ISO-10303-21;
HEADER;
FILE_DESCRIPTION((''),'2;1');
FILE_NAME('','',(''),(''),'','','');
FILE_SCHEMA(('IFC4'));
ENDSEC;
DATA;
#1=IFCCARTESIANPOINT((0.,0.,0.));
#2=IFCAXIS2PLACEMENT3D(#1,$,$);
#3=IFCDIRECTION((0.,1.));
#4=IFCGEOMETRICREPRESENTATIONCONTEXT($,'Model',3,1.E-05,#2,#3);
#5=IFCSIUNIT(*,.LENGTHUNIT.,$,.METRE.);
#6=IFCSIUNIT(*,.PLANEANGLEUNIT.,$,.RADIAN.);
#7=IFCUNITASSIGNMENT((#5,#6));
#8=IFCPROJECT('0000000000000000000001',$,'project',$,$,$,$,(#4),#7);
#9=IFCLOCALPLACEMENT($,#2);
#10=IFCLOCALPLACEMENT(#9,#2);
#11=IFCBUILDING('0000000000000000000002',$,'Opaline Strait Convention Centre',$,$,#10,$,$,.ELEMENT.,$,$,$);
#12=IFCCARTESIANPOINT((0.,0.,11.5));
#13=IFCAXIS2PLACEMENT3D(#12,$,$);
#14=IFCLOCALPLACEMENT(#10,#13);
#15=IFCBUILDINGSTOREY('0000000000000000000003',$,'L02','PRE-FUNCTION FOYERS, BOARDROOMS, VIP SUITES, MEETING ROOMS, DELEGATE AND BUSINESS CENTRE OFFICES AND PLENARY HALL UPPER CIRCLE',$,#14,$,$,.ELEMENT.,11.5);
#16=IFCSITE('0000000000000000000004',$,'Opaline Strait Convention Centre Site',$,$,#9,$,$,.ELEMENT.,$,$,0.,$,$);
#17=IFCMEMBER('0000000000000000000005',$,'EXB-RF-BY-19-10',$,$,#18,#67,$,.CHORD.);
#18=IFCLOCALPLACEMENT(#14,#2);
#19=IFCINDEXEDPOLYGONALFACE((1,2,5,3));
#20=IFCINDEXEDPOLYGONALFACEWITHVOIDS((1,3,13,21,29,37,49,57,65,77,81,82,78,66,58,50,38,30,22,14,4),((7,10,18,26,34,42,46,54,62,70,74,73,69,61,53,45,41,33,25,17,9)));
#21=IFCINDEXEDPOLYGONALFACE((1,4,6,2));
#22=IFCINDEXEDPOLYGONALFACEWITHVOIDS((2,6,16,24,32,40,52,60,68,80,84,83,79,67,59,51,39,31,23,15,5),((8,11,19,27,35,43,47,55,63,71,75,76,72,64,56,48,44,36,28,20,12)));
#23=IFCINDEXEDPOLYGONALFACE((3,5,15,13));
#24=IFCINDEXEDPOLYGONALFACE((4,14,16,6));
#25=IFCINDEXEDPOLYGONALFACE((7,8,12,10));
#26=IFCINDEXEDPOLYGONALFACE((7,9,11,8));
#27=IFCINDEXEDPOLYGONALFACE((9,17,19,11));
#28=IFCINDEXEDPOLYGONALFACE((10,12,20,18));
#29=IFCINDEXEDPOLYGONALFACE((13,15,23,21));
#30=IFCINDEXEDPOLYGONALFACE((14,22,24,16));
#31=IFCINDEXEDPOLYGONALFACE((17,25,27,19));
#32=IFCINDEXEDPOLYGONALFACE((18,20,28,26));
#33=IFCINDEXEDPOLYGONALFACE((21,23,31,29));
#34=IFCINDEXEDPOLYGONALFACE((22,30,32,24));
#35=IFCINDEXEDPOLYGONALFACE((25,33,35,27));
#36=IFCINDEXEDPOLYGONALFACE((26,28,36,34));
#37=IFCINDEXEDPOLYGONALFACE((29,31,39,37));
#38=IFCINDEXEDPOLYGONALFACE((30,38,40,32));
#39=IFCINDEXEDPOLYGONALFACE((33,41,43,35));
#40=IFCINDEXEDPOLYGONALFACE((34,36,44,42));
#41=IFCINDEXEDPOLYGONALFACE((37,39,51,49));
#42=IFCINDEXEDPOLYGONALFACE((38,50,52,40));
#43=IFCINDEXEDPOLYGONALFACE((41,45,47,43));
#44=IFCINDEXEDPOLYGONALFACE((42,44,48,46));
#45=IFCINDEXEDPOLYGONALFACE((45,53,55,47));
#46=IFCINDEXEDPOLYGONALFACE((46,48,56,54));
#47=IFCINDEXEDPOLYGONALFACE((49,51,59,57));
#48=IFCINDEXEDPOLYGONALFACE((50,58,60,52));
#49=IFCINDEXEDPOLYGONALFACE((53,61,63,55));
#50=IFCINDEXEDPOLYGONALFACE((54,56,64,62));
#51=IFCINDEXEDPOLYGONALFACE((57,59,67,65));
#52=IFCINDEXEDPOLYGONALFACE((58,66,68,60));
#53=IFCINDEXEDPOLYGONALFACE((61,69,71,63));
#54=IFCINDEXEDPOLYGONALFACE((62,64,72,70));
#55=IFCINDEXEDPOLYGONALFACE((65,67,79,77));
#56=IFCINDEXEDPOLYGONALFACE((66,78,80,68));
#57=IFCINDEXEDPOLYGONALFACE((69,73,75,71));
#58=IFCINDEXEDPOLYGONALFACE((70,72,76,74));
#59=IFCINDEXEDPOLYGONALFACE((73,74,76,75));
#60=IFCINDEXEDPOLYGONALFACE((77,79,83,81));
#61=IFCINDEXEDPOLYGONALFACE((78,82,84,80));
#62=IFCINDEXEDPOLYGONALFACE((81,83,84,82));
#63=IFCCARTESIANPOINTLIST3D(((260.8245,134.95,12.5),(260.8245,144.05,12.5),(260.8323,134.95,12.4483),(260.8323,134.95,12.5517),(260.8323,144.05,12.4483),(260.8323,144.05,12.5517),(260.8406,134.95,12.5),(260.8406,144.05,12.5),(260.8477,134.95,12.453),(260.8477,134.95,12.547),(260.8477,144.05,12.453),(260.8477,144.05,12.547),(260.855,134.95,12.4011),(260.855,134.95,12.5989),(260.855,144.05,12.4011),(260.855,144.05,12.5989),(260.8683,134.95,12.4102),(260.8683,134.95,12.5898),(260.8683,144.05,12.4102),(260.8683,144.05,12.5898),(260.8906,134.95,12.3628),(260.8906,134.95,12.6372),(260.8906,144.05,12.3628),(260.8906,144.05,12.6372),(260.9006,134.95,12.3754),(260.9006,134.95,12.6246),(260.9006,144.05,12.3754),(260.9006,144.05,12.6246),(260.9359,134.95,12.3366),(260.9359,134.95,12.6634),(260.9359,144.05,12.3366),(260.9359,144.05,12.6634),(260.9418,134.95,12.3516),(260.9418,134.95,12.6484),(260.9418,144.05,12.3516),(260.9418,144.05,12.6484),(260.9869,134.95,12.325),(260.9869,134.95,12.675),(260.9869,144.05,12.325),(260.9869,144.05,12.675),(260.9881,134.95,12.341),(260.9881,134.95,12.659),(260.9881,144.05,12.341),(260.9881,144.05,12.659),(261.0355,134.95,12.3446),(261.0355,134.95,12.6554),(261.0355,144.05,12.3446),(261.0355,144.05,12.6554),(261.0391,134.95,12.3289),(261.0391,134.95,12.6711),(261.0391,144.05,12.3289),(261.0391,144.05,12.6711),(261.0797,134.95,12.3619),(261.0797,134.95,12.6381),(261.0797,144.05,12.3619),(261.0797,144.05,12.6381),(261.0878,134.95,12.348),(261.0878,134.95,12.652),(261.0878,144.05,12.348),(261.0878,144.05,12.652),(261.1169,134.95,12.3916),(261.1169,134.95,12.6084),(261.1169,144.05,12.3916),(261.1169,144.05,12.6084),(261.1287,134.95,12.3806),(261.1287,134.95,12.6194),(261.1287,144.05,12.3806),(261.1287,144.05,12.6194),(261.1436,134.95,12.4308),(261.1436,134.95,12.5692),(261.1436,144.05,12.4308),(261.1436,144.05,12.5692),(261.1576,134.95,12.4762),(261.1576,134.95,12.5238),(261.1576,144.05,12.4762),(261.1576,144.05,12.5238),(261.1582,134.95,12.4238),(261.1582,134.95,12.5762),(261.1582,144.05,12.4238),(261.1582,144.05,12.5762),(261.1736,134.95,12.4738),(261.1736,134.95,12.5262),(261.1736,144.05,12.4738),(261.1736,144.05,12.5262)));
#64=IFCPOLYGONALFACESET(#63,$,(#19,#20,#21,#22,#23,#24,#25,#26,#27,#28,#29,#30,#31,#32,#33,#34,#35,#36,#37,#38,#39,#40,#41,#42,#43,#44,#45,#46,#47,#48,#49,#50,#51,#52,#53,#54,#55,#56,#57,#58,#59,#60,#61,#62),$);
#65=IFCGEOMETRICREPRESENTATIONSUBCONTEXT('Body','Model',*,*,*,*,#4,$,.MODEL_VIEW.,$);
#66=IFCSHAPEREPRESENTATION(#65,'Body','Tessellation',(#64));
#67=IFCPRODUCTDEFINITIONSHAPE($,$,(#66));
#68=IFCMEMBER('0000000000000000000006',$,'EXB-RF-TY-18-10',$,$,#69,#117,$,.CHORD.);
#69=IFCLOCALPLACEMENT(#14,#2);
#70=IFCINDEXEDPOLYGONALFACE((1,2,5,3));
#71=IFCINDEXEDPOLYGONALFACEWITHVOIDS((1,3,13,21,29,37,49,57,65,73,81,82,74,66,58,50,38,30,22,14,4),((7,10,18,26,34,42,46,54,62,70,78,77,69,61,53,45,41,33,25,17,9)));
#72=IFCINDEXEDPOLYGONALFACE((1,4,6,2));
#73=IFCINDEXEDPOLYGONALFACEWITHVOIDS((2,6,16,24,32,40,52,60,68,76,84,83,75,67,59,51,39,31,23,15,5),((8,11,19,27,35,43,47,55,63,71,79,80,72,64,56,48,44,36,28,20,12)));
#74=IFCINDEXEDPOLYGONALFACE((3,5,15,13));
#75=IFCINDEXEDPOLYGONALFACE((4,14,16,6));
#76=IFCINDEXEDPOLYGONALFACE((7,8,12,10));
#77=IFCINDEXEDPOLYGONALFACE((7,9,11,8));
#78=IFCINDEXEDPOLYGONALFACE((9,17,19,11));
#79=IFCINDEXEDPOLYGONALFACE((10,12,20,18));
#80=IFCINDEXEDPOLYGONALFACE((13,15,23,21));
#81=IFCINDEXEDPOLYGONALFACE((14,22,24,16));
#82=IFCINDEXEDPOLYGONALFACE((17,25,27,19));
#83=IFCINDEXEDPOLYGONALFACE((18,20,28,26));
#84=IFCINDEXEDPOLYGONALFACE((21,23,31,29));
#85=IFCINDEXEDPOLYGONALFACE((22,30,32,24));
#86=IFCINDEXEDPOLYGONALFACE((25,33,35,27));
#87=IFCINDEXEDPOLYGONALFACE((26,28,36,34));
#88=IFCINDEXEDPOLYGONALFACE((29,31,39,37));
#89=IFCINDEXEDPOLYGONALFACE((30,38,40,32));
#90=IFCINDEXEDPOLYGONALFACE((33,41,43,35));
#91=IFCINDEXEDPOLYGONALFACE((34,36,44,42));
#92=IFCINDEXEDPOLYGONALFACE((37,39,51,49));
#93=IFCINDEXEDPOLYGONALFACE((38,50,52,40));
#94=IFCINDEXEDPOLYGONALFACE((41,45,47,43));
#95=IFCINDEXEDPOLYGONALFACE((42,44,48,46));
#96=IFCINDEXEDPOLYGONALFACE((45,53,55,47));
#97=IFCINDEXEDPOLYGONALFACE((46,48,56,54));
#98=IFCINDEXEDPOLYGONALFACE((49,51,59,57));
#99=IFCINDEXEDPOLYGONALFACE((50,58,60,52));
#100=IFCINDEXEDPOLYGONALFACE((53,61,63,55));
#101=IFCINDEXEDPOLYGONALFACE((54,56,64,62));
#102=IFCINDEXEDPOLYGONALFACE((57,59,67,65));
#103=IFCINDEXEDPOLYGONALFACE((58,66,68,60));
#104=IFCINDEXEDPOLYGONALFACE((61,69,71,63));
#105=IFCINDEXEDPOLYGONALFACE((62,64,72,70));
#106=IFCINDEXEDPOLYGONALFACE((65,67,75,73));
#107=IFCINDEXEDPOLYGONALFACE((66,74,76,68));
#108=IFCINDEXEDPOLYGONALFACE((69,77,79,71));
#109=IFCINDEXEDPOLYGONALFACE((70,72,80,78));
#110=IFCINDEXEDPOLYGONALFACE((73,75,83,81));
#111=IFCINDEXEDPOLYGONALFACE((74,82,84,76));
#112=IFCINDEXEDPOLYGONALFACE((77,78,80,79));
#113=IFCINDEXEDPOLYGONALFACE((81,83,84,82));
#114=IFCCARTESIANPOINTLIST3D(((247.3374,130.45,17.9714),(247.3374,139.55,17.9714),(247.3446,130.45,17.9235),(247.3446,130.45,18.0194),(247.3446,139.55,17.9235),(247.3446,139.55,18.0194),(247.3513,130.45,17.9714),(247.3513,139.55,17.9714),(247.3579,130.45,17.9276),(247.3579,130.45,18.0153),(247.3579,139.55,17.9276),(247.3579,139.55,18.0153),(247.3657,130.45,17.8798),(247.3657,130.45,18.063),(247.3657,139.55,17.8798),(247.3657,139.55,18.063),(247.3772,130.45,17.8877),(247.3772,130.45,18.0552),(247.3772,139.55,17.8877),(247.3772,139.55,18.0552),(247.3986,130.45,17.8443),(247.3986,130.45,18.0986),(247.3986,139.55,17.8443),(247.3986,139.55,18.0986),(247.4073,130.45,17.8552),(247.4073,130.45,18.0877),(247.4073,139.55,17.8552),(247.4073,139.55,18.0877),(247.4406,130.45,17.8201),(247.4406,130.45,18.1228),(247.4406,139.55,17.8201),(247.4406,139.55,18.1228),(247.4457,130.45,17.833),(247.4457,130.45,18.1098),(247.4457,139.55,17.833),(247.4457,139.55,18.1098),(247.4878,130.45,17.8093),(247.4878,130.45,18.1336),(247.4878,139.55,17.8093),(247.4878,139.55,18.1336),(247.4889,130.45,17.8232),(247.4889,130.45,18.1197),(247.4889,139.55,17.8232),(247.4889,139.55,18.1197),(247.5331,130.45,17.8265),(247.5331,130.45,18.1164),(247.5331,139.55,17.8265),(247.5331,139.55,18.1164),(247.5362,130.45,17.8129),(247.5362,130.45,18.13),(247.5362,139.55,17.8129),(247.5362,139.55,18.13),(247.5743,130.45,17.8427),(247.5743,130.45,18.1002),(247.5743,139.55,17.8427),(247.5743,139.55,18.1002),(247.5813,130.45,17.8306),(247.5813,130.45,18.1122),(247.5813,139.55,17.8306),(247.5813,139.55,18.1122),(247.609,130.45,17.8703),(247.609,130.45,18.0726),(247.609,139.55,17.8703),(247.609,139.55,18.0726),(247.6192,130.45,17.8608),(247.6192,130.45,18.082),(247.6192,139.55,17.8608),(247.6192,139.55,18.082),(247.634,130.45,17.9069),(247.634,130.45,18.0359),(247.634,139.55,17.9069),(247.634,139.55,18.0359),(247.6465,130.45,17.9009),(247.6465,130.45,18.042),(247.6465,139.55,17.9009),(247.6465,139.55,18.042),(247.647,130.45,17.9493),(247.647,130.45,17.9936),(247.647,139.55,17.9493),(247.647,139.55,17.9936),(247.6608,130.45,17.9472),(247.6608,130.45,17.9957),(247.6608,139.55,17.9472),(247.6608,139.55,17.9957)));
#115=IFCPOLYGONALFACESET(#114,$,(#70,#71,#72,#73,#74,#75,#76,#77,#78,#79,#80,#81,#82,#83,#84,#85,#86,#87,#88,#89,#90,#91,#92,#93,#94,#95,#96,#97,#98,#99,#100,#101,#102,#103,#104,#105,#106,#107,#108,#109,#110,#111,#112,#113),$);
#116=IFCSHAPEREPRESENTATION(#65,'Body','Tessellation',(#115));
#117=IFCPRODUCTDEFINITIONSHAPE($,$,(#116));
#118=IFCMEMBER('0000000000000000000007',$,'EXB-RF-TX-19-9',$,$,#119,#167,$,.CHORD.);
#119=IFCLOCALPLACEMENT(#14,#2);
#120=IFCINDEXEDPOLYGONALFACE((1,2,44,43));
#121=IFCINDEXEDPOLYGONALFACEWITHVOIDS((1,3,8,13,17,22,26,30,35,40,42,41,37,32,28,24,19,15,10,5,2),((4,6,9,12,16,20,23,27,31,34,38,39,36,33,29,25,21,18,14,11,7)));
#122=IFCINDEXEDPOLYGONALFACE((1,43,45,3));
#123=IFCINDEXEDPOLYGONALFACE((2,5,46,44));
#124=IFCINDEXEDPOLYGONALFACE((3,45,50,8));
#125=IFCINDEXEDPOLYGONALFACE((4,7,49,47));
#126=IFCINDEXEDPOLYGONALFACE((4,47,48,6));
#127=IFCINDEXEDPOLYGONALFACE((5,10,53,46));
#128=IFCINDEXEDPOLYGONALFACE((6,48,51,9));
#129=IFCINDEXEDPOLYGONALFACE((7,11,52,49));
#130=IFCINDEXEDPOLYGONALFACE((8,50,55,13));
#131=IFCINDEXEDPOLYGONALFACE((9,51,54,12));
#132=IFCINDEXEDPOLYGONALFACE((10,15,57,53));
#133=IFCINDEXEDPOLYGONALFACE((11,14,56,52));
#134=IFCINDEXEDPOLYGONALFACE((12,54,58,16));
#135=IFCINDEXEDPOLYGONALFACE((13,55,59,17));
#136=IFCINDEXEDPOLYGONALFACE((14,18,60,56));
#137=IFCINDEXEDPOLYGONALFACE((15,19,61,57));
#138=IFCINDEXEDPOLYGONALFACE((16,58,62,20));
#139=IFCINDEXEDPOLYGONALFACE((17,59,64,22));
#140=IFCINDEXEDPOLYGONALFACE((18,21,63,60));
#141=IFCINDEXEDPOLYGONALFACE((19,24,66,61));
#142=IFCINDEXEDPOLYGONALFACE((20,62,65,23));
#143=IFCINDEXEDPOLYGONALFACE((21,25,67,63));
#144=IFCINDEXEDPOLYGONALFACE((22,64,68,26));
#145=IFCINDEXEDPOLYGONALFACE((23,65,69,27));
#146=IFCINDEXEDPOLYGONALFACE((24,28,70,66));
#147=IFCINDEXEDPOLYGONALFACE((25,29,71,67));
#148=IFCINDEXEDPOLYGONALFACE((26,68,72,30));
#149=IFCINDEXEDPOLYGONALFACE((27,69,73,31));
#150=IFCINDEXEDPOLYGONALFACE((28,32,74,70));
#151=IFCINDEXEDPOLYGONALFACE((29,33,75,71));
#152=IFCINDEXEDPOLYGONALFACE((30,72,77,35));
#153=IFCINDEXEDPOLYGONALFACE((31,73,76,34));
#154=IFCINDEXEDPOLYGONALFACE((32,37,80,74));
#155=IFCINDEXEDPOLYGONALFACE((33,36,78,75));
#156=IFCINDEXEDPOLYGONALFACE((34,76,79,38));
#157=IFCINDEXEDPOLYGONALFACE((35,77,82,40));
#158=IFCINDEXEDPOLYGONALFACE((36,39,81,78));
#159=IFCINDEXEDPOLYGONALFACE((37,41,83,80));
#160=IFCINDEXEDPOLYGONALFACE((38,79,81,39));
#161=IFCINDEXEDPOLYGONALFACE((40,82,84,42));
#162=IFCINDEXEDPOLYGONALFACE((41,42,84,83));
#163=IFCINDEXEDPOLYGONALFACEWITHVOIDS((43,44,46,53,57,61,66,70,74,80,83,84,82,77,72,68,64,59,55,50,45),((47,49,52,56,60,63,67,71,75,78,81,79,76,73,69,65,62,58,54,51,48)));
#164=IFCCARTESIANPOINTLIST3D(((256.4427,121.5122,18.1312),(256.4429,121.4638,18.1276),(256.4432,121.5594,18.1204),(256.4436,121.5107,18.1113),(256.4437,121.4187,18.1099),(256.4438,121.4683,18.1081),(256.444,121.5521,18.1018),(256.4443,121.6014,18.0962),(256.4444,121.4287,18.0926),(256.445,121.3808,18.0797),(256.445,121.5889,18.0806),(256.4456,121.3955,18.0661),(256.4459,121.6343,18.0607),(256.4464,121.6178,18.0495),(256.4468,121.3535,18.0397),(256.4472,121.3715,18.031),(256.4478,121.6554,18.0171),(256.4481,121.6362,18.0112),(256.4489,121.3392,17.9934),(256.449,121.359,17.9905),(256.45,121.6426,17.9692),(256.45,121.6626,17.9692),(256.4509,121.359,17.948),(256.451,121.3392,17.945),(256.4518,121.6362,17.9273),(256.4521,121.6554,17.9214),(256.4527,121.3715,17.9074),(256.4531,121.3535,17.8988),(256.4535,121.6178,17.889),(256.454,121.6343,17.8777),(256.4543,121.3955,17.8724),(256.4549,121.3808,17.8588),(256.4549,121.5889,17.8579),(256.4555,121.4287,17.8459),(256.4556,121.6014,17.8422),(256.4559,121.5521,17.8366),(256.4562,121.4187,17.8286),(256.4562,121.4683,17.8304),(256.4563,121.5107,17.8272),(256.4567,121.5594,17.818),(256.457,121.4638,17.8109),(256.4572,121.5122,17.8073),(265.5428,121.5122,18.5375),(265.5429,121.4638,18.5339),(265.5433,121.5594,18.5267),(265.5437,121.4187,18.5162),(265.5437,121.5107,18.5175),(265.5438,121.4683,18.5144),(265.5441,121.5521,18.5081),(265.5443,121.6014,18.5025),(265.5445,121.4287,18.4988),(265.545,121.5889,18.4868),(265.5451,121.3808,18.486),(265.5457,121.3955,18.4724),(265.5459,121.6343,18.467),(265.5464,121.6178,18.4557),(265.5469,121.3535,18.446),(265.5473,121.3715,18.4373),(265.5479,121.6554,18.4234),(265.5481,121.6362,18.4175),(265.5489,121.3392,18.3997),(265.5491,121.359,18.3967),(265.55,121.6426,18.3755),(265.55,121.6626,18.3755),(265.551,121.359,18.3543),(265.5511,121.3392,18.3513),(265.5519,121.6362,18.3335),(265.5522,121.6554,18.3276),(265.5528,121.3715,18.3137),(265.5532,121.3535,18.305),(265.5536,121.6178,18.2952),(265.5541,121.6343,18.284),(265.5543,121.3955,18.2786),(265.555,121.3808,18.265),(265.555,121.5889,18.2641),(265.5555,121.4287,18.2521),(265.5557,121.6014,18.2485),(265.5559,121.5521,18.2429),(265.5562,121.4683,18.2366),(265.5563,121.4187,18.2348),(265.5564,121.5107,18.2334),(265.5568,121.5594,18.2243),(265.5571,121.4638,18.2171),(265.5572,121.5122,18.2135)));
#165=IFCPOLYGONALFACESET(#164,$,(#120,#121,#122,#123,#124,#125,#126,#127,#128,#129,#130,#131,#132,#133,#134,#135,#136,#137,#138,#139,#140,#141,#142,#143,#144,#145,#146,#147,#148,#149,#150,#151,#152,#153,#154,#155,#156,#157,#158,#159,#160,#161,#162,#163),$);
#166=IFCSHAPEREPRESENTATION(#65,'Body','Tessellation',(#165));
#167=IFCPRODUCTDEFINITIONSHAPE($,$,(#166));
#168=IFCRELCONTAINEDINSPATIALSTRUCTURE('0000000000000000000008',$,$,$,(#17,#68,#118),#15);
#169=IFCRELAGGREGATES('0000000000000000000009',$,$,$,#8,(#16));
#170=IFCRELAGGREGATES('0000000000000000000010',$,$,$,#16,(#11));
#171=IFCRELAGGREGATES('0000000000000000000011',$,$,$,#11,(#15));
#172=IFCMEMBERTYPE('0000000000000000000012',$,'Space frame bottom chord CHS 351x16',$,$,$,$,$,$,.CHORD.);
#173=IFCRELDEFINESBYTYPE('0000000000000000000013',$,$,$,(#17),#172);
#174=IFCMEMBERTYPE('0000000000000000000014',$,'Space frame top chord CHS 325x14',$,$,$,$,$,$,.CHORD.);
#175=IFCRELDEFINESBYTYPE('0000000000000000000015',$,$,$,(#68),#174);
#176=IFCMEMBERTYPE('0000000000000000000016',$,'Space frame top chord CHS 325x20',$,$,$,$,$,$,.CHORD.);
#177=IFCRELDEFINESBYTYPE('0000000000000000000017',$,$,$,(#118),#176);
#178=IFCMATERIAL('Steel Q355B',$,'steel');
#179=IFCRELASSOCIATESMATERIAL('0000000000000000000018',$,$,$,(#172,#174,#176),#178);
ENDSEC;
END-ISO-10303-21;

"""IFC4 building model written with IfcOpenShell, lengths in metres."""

from ifc_helpers import new_model, si_unit, direction, frame, origin, origin_2d, place, context, subcontext, project, spatial, hollow_circle, extrude, material, material_profile, profile_set, type_object, element, save


model = new_model("IFC4")

# Units and contexts
model_context = context("Model", 3, precision=1e-05, world=origin(), true_north=direction((0.0, 1.0)))
body_context = subcontext(model_context, "Body", "Model", "MODEL_VIEW")
ifc_project = project(units=[si_unit("LENGTHUNIT", "METRE"), si_unit("PLANEANGLEUNIT", "RADIAN")], contexts=[model_context])

# Site, building, storey
site_placement = place(None, origin())
site = spatial("IfcSite", under=ifc_project, at=site_placement, Name="Opaline Strait Convention Centre Site", CompositionType="ELEMENT", RefElevation=0.0)
building_placement = place(site_placement, origin())
building = spatial("IfcBuilding", under=site, at=building_placement, Name="Opaline Strait Convention Centre", CompositionType="ELEMENT")
storey_placement = place(building_placement, frame((0.0, 0.0, 11.5)))
storey = spatial("IfcBuildingStorey", under=building, at=storey_placement, Name="L02", Description="PRE-FUNCTION FOYERS, BOARDROOMS, VIP SUITES, MEETING ROOMS, DELEGATE AND BUSINESS CENTRE OFFICES AND PLENARY HALL UPPER CIRCLE", CompositionType="ELEMENT", Elevation=11.5)

# Shared definitions
ifc_material_1 = material(Name="Steel Q355B", Category="steel")

# Members
ifc_material_profile_1 = material_profile(ifc_material_1, hollow_circle(Radius=0.1755, WallThickness=0.0161, at=origin_2d()), Name="CHS 351x16")
ifc_profile_set_1 = profile_set([ifc_material_profile_1], Name="Steel Q355B")
member_type_1 = type_object("IfcMemberType", Name="Space frame bottom chord CHS 351x16", PredefinedType="CHORD", material=ifc_profile_set_1)
for number, where, z_axis, x_axis, name in (
    (1, (261.0, 134.95, 12.5), (0.0, 1.0, 0.0), (-1.0, 0.0, 0.0), "EXB-RF-BY-19-10"),
):
    element("IfcMember", number, at=place(storey_placement, frame(where, z_axis=z_axis, x_axis=x_axis)), inside=storey, type_object=member_type_1, Name=name, PredefinedType="CHORD", context=body_context, shape_type="SweptSolid", body=[
        extrude(hollow_circle(Radius=0.1755, WallThickness=0.0161, at=origin_2d()), origin(), (0.0, 0.0, 1.0), 9.1001),
    ])
ifc_material_profile_2 = material_profile(ifc_material_1, hollow_circle(Radius=0.1626, WallThickness=0.0139, at=origin_2d()), Name="CHS 325x14")
ifc_profile_set_2 = profile_set([ifc_material_profile_2], Name="Steel Q355B")
member_type_2 = type_object("IfcMemberType", Name="Space frame top chord CHS 325x14", PredefinedType="CHORD", material=ifc_profile_set_2)
member_1_placement = place(storey_placement, frame((247.5, 130.45, 17.9714), z_axis=(0.0, 1.0, 0.0), x_axis=(-1.0, 0.0, 0.0)))
element("IfcMember", 2, at=member_1_placement, inside=storey, type_object=member_type_2, Name="EXB-RF-TY-18-10", PredefinedType="CHORD", context=body_context, shape_type="SweptSolid", body=[
    extrude(hollow_circle(Radius=0.1626, WallThickness=0.0139, at=origin_2d()), origin(), (0.0, 0.0, 1.0), 9.1001),
])
ifc_material_profile_3 = material_profile(ifc_material_1, hollow_circle(Radius=0.1626, WallThickness=0.02, at=origin_2d()), Name="CHS 325x20")
ifc_profile_set_3 = profile_set([ifc_material_profile_3], Name="Steel Q355B")
member_type_3 = type_object("IfcMemberType", Name="Space frame top chord CHS 325x20", PredefinedType="CHORD", material=ifc_profile_set_3)
member_2_placement = place(storey_placement, frame((256.45, 121.5, 17.9692), z_axis=(0.999005, 0.0, 0.044598), x_axis=(0.0, 1.0, 0.0)))
element("IfcMember", 3, at=member_2_placement, inside=storey, type_object=member_type_3, Name="EXB-RF-TX-19-9", PredefinedType="CHORD", context=body_context, shape_type="SweptSolid", body=[
    extrude(hollow_circle(Radius=0.1626, WallThickness=0.02, at=origin_2d()), origin(), (0.0, 0.0, 1.0), 9.1091),
])

save(model, "model.ifc")
